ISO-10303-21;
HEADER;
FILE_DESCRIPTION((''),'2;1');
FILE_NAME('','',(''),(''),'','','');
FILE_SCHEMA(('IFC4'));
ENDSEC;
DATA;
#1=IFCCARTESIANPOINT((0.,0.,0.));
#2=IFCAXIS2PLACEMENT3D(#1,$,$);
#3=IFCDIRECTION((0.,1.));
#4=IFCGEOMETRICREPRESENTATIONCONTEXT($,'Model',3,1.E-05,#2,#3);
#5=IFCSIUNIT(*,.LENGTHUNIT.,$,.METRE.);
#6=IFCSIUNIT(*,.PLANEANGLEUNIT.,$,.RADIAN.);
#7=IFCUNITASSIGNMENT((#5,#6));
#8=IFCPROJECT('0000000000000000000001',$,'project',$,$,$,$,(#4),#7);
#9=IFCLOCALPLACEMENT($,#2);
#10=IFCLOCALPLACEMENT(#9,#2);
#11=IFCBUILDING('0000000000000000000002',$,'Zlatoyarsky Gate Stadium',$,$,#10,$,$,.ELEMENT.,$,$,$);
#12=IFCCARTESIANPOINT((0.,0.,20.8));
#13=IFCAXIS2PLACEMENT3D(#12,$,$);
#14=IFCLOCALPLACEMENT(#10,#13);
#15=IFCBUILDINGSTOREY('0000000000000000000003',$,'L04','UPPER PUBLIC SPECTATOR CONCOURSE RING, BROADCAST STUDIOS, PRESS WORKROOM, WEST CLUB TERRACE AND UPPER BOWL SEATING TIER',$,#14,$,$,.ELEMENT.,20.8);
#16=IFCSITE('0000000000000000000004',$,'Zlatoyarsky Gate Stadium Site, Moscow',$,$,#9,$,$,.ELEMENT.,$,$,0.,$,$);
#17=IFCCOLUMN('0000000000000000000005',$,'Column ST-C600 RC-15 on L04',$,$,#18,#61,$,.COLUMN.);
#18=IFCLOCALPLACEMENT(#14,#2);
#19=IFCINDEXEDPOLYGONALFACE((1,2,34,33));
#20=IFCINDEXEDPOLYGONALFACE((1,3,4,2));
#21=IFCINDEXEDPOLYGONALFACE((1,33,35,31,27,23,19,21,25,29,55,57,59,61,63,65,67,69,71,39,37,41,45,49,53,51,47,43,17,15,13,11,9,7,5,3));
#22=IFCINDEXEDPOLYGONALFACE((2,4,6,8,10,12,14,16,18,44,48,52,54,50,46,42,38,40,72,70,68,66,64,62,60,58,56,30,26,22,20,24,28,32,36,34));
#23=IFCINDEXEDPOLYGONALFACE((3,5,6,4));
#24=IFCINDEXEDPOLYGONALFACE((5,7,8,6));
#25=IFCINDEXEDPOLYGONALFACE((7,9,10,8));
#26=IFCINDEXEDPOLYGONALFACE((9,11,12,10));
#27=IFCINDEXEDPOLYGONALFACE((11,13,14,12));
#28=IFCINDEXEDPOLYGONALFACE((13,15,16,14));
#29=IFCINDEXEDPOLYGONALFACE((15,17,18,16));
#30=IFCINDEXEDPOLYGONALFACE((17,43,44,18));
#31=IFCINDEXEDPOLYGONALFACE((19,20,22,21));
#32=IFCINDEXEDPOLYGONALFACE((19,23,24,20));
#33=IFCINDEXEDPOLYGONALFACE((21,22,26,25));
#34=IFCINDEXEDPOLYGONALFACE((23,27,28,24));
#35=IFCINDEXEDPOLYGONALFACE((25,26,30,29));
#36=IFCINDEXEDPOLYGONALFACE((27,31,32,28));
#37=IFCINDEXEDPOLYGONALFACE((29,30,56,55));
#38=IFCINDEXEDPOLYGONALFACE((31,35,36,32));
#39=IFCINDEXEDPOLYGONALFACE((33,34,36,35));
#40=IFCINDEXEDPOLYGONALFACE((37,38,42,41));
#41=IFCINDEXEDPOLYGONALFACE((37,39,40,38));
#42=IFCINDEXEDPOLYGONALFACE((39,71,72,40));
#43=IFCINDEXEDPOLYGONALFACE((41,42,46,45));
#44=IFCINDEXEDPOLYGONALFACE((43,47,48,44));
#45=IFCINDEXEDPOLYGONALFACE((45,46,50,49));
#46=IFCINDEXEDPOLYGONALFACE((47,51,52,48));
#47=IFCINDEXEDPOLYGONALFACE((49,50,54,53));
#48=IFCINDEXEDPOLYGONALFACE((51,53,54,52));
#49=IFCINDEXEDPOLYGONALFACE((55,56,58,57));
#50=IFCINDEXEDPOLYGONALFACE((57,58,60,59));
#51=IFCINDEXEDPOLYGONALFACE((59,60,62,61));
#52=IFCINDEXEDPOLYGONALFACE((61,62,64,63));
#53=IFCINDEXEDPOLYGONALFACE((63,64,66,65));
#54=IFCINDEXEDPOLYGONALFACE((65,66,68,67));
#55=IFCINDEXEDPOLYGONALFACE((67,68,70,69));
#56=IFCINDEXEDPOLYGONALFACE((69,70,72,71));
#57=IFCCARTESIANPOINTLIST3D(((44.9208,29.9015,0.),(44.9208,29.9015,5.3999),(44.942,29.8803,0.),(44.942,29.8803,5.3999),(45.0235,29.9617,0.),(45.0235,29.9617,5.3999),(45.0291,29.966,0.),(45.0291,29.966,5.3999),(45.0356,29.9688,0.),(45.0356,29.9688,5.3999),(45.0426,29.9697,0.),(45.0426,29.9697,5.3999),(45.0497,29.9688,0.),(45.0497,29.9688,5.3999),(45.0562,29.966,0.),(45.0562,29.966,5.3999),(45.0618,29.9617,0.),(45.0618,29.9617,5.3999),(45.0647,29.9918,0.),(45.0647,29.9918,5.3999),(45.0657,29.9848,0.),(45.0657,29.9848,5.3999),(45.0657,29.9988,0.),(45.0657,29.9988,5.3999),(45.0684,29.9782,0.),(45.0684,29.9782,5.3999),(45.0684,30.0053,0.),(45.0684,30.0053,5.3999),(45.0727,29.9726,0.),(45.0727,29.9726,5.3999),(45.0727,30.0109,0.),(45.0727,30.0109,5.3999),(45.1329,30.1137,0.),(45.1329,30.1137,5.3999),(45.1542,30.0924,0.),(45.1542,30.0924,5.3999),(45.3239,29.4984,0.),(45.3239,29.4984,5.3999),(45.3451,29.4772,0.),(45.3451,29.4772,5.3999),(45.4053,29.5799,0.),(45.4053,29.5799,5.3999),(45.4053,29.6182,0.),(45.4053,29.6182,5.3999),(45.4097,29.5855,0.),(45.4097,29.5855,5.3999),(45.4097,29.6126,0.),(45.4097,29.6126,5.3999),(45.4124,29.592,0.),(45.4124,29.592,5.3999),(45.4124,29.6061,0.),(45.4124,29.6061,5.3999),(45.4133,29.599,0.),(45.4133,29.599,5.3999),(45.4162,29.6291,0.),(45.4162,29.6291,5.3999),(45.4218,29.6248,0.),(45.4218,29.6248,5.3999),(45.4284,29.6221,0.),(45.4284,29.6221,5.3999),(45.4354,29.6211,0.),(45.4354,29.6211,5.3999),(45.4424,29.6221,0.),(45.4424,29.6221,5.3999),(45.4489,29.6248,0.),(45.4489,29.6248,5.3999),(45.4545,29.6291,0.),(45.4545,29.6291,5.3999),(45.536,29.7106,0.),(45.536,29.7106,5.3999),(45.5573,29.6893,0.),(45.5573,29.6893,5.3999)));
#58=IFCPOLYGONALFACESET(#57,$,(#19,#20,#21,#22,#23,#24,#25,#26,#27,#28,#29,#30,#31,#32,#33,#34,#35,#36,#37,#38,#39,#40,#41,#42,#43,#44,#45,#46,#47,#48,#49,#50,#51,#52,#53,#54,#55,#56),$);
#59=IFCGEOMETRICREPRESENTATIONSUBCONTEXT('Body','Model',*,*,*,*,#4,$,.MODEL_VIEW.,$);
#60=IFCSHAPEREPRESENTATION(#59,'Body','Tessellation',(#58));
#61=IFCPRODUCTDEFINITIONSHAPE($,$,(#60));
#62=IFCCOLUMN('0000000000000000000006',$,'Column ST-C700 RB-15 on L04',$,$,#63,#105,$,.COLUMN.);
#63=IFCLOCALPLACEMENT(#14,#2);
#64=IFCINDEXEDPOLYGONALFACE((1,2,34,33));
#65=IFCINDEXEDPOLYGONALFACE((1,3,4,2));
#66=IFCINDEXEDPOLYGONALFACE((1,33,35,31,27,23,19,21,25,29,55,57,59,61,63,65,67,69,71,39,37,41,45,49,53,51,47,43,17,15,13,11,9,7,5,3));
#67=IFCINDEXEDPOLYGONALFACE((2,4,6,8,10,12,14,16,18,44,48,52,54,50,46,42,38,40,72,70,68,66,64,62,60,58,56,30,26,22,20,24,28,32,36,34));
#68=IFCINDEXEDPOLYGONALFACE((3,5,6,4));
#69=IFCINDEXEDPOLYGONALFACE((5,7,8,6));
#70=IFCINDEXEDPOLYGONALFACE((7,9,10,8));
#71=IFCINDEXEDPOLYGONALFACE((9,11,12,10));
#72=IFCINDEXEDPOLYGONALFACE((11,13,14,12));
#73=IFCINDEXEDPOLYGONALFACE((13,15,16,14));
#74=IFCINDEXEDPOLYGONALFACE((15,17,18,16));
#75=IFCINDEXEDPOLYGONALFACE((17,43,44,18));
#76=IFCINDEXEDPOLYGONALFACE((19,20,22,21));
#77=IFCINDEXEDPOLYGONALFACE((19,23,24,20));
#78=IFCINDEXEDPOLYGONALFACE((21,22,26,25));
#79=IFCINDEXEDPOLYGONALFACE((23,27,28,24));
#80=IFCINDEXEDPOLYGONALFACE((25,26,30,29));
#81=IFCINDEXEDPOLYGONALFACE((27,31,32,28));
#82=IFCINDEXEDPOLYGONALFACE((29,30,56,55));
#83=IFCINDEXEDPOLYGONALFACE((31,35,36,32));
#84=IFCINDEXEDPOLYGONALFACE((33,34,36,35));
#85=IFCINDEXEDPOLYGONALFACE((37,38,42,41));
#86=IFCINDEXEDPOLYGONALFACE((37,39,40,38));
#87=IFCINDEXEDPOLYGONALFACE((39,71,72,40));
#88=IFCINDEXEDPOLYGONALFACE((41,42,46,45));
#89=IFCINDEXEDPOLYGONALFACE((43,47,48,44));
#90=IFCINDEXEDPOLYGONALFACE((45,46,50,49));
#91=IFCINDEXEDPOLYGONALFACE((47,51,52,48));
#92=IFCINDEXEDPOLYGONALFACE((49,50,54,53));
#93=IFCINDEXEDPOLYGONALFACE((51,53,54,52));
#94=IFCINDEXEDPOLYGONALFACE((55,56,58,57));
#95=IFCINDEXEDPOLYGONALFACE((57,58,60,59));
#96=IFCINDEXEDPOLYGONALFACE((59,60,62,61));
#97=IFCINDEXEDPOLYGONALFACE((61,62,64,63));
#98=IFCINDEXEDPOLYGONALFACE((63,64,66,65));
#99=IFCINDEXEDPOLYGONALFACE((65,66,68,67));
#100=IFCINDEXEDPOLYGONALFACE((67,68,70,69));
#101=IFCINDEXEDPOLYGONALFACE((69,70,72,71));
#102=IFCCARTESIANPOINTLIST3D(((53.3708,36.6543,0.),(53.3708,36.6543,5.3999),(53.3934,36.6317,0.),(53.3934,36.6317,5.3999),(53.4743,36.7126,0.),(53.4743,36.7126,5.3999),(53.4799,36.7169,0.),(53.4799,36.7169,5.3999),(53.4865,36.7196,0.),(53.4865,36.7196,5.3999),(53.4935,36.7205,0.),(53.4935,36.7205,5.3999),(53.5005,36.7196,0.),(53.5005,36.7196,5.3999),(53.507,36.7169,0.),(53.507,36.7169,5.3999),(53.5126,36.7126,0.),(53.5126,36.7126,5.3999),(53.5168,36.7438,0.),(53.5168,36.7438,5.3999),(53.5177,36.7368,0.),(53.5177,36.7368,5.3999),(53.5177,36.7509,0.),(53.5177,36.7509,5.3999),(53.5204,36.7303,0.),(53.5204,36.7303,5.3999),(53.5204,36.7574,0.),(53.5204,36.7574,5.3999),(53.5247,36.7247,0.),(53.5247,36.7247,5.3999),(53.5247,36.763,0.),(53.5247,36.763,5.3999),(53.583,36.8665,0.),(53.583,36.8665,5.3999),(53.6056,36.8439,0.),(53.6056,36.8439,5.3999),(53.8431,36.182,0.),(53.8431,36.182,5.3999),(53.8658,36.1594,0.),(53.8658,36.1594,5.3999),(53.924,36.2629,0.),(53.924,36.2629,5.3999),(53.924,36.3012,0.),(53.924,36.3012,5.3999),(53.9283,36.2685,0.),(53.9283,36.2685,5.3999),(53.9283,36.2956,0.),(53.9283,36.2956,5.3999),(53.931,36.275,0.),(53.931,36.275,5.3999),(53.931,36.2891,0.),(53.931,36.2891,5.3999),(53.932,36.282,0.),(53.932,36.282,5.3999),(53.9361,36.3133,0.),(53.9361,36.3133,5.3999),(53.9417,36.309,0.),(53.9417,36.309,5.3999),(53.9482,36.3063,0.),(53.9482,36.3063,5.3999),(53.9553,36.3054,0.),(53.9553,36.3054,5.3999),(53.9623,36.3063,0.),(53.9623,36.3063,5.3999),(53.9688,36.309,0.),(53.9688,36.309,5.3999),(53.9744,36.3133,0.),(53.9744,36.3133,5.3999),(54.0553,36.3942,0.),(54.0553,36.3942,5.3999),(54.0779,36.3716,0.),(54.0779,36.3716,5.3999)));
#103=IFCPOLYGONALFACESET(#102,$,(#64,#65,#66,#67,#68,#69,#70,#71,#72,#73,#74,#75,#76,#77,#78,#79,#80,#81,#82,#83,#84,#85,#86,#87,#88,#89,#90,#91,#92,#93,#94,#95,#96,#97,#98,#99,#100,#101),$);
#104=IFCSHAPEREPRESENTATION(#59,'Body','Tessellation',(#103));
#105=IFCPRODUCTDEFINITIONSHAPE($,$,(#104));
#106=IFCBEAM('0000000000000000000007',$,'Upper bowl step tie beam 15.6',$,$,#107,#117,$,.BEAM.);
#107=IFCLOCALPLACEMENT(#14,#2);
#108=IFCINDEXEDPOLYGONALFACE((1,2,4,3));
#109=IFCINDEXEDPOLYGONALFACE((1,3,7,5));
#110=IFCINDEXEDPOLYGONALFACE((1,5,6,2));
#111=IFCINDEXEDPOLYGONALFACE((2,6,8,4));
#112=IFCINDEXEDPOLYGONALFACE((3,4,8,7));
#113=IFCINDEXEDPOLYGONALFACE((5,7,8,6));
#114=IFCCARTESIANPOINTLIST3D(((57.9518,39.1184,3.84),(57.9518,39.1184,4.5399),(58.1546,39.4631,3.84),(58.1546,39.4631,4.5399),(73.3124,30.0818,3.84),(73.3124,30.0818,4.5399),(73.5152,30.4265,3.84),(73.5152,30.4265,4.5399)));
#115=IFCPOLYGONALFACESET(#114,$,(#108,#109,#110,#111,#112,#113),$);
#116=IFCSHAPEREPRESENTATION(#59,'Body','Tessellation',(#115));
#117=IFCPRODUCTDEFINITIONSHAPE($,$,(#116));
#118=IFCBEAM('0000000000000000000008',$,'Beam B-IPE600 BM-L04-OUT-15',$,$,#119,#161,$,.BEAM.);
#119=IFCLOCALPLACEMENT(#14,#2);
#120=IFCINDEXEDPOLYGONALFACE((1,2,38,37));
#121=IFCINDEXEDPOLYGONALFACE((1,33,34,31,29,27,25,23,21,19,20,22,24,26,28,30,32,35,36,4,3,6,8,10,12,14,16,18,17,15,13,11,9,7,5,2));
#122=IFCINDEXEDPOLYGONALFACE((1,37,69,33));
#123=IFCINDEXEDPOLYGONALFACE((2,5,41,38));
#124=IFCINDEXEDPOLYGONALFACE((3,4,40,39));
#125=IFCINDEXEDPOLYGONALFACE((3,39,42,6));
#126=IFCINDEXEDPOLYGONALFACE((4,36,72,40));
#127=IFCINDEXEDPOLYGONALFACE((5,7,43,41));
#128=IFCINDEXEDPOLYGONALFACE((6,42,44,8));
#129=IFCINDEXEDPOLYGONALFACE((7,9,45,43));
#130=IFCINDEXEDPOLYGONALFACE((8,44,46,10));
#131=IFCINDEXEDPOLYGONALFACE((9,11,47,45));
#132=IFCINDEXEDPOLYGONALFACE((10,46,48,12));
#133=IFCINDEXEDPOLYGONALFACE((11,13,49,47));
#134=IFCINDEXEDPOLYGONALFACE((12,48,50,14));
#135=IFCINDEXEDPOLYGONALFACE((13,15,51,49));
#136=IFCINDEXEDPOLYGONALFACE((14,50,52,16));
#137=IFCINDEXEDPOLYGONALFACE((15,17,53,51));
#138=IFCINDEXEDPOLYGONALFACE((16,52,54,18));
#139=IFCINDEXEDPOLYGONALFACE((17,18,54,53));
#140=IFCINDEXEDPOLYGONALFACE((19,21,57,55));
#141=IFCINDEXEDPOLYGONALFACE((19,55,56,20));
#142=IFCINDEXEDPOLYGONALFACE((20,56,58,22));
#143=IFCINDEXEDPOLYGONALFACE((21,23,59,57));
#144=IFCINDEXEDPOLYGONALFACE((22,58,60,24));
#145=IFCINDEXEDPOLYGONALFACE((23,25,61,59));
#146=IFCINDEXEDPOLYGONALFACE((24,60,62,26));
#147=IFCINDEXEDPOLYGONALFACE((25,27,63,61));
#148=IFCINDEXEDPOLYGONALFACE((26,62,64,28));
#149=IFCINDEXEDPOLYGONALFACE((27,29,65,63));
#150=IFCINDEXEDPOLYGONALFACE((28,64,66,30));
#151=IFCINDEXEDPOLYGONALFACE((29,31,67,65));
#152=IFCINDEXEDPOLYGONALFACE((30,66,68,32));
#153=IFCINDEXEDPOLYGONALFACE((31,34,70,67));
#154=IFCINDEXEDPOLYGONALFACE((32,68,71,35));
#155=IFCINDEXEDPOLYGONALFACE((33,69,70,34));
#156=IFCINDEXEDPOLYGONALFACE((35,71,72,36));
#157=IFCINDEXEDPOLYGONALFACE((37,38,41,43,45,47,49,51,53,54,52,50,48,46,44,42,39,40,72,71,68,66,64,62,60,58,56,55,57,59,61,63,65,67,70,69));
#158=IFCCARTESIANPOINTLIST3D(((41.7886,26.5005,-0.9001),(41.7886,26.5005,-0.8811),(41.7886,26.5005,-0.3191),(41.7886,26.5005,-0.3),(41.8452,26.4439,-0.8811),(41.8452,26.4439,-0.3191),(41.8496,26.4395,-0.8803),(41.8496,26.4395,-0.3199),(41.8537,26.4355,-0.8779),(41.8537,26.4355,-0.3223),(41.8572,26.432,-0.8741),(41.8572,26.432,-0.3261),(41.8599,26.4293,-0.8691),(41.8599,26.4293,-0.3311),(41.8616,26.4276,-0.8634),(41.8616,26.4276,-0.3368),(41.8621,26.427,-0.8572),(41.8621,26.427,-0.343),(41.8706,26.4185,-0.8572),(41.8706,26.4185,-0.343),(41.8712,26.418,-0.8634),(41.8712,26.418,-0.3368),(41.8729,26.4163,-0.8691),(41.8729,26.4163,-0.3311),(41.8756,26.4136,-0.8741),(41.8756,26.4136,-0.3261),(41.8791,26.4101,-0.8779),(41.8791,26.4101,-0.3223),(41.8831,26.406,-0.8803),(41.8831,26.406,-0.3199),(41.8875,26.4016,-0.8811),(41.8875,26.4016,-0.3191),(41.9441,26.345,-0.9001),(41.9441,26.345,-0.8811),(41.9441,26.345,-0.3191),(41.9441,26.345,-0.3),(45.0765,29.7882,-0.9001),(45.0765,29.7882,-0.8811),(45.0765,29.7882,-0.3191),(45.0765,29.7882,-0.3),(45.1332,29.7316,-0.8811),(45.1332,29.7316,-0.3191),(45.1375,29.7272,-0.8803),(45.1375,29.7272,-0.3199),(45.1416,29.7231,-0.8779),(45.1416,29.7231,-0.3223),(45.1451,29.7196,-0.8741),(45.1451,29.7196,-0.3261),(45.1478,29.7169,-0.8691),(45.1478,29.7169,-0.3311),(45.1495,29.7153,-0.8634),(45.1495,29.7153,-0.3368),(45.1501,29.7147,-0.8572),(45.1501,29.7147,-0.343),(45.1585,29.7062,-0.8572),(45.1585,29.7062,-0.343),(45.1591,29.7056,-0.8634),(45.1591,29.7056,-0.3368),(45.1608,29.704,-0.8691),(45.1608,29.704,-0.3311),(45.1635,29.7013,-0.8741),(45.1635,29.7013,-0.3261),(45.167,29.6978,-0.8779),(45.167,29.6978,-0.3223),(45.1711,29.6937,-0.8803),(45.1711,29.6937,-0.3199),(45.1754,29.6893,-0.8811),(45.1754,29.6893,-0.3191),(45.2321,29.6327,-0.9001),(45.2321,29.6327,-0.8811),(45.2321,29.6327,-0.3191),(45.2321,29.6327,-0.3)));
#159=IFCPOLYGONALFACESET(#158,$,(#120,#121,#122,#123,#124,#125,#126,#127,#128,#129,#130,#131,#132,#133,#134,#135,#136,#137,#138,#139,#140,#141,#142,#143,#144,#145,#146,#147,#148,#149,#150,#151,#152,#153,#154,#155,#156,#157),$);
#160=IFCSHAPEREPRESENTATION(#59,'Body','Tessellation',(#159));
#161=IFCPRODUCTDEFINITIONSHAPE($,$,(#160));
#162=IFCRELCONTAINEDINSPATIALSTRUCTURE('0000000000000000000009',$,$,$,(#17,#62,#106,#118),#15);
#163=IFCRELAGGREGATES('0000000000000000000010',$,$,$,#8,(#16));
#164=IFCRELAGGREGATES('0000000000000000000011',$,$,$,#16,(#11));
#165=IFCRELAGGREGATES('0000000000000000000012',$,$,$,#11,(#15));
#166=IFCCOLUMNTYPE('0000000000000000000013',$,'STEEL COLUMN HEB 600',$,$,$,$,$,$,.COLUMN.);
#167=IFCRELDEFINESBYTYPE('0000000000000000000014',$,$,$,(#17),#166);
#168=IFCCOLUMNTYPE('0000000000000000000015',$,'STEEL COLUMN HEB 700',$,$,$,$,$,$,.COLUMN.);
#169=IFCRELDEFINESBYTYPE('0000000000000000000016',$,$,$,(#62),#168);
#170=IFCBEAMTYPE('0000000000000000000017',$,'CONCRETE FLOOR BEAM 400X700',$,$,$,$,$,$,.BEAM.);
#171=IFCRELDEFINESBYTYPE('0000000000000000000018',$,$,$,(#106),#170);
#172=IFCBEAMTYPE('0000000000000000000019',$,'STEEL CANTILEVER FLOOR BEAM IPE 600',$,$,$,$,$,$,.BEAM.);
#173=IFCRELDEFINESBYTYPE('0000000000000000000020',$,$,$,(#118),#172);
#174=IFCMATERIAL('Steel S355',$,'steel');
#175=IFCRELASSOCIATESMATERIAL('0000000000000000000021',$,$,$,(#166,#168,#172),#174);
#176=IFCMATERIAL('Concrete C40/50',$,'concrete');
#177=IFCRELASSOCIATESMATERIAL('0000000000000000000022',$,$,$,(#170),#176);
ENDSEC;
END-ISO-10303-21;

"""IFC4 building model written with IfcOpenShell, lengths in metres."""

from ifc_helpers import new_model, si_unit, direction, frame, origin, origin_2d, place, context, subcontext, project, spatial, rectangle, i_section, extrude, material, material_profile, profile_set, type_object, element, save


model = new_model("IFC4")

# Units and contexts
model_context = context("Model", 3, precision=1e-05, world=origin(), true_north=direction((0.0, 1.0)))
body_context = subcontext(model_context, "Body", "Model", "MODEL_VIEW")
ifc_project = project(units=[si_unit("LENGTHUNIT", "METRE"), si_unit("PLANEANGLEUNIT", "RADIAN")], contexts=[model_context])

# Site, building, storey
site_placement = place(None, origin())
site = spatial("IfcSite", under=ifc_project, at=site_placement, Name="Zlatoyarsky Gate Stadium Site, Moscow", CompositionType="ELEMENT", RefElevation=0.0)
building_placement = place(site_placement, origin())
building = spatial("IfcBuilding", under=site, at=building_placement, Name="Zlatoyarsky Gate Stadium", CompositionType="ELEMENT")
storey_placement = place(building_placement, frame((0.0, 0.0, 20.8)))
storey = spatial("IfcBuildingStorey", under=building, at=storey_placement, Name="L04", Description="UPPER PUBLIC SPECTATOR CONCOURSE RING, BROADCAST STUDIOS, PRESS WORKROOM, WEST CLUB TERRACE AND UPPER BOWL SEATING TIER", CompositionType="ELEMENT", Elevation=20.8)

# Columns
ifc_material_1 = material(Name="Steel S355", Category="steel")
ifc_material_profile_1 = material_profile(ifc_material_1, i_section(OverallWidth=0.3, OverallDepth=0.6001, WebThickness=0.0154, FlangeThickness=0.03, FilletRadius=0.0271, at=origin_2d()), Name="HEB 600")
ifc_profile_set_1 = profile_set([ifc_material_profile_1], Name="Steel S355")
column_type_1 = type_object("IfcColumnType", Name="STEEL COLUMN HEB 600", PredefinedType="COLUMN", material=ifc_profile_set_1)
column_1_placement = place(storey_placement, frame((45.239, 29.7954, 0.0), z_axis=(0.0, 0.0, 1.0), x_axis=(-0.707107, -0.707107, 0.0)))
element("IfcColumn", 1, at=column_1_placement, inside=storey, type_object=column_type_1, Name="Column ST-C600 RC-15 on L04", PredefinedType="COLUMN", context=body_context, shape_type="SweptSolid", body=[
    extrude(i_section(OverallWidth=0.3, OverallDepth=0.6001, WebThickness=0.0154, FlangeThickness=0.03, FilletRadius=0.0271, at=origin_2d()), origin(), (0.0, 0.0, 1.0), 5.3999),
])
ifc_material_profile_2 = material_profile(ifc_material_1, i_section(OverallWidth=0.3, OverallDepth=0.7, WebThickness=0.0171, FlangeThickness=0.032, FilletRadius=0.0271, at=origin_2d()), Name="HEB 700")
ifc_profile_set_2 = profile_set([ifc_material_profile_2], Name="Steel S355")
column_type_2 = type_object("IfcColumnType", Name="STEEL COLUMN HEB 700", PredefinedType="COLUMN", material=ifc_profile_set_2)
column_2_placement = place(storey_placement, frame((53.7244, 36.5129, 0.0), z_axis=(0.0, 0.0, 1.0), x_axis=(-0.707107, -0.707107, 0.0)))
element("IfcColumn", 2, at=column_2_placement, inside=storey, type_object=column_type_2, Name="Column ST-C700 RB-15 on L04", PredefinedType="COLUMN", context=body_context, shape_type="SweptSolid", body=[
    extrude(i_section(OverallWidth=0.3, OverallDepth=0.7, WebThickness=0.0171, FlangeThickness=0.032, FilletRadius=0.0271, at=origin_2d()), origin(), (0.0, 0.0, 1.0), 5.3999),
])

# Beams
ifc_material_2 = material(Name="Concrete C40/50", Category="concrete")
ifc_material_profile_3 = material_profile(ifc_material_2, rectangle(XDim=0.3999, YDim=0.7, at=origin_2d()), Name="RC BEAM 400X700")
ifc_profile_set_3 = profile_set([ifc_material_profile_3], Name="Concrete C40/50")
beam_type_1 = type_object("IfcBeamType", Name="CONCRETE FLOOR BEAM 400X700", PredefinedType="BEAM", material=ifc_profile_set_3)
beam_1_placement = place(storey_placement, frame((58.0532, 39.2908, 4.1899), z_axis=(0.86191, -0.507061, 0.0), x_axis=(0.507061, 0.86191, 0.0)))
element("IfcBeam", 3, at=beam_1_placement, inside=storey, type_object=beam_type_1, Name="Upper bowl step tie beam 15.6", PredefinedType="BEAM", context=body_context, shape_type="SweptSolid", body=[
    extrude(rectangle(XDim=0.3999, YDim=0.7, at=origin_2d()), origin(), (0.0, 0.0, 1.0), 17.8215),
])
ifc_material_profile_4 = material_profile(ifc_material_1, i_section(OverallWidth=0.22, OverallDepth=0.6001, WebThickness=0.012, FlangeThickness=0.019, FilletRadius=0.0239, at=origin_2d()), Name="IPE 600")
ifc_profile_set_4 = profile_set([ifc_material_profile_4], Name="Steel S355")
beam_type_2 = type_object("IfcBeamType", Name="STEEL CANTILEVER FLOOR BEAM IPE 600", PredefinedType="BEAM", material=ifc_profile_set_4)
beam_2_placement = place(storey_placement, frame((45.1543, 29.7104, -0.6001), z_axis=(-0.707133, -0.707081, 0.0), x_axis=(0.707081, -0.707133, 0.0)))
element("IfcBeam", 4, at=beam_2_placement, inside=storey, type_object=beam_type_2, Name="Beam B-IPE600 BM-L04-OUT-15", PredefinedType="BEAM", context=body_context, shape_type="SweptSolid", body=[
    extrude(i_section(OverallWidth=0.22, OverallDepth=0.6001, WebThickness=0.012, FlangeThickness=0.019, FilletRadius=0.0239, at=origin_2d()), origin(), (0.0, 0.0, 1.0), 4.6497),
])

save(model, "model.ifc")
